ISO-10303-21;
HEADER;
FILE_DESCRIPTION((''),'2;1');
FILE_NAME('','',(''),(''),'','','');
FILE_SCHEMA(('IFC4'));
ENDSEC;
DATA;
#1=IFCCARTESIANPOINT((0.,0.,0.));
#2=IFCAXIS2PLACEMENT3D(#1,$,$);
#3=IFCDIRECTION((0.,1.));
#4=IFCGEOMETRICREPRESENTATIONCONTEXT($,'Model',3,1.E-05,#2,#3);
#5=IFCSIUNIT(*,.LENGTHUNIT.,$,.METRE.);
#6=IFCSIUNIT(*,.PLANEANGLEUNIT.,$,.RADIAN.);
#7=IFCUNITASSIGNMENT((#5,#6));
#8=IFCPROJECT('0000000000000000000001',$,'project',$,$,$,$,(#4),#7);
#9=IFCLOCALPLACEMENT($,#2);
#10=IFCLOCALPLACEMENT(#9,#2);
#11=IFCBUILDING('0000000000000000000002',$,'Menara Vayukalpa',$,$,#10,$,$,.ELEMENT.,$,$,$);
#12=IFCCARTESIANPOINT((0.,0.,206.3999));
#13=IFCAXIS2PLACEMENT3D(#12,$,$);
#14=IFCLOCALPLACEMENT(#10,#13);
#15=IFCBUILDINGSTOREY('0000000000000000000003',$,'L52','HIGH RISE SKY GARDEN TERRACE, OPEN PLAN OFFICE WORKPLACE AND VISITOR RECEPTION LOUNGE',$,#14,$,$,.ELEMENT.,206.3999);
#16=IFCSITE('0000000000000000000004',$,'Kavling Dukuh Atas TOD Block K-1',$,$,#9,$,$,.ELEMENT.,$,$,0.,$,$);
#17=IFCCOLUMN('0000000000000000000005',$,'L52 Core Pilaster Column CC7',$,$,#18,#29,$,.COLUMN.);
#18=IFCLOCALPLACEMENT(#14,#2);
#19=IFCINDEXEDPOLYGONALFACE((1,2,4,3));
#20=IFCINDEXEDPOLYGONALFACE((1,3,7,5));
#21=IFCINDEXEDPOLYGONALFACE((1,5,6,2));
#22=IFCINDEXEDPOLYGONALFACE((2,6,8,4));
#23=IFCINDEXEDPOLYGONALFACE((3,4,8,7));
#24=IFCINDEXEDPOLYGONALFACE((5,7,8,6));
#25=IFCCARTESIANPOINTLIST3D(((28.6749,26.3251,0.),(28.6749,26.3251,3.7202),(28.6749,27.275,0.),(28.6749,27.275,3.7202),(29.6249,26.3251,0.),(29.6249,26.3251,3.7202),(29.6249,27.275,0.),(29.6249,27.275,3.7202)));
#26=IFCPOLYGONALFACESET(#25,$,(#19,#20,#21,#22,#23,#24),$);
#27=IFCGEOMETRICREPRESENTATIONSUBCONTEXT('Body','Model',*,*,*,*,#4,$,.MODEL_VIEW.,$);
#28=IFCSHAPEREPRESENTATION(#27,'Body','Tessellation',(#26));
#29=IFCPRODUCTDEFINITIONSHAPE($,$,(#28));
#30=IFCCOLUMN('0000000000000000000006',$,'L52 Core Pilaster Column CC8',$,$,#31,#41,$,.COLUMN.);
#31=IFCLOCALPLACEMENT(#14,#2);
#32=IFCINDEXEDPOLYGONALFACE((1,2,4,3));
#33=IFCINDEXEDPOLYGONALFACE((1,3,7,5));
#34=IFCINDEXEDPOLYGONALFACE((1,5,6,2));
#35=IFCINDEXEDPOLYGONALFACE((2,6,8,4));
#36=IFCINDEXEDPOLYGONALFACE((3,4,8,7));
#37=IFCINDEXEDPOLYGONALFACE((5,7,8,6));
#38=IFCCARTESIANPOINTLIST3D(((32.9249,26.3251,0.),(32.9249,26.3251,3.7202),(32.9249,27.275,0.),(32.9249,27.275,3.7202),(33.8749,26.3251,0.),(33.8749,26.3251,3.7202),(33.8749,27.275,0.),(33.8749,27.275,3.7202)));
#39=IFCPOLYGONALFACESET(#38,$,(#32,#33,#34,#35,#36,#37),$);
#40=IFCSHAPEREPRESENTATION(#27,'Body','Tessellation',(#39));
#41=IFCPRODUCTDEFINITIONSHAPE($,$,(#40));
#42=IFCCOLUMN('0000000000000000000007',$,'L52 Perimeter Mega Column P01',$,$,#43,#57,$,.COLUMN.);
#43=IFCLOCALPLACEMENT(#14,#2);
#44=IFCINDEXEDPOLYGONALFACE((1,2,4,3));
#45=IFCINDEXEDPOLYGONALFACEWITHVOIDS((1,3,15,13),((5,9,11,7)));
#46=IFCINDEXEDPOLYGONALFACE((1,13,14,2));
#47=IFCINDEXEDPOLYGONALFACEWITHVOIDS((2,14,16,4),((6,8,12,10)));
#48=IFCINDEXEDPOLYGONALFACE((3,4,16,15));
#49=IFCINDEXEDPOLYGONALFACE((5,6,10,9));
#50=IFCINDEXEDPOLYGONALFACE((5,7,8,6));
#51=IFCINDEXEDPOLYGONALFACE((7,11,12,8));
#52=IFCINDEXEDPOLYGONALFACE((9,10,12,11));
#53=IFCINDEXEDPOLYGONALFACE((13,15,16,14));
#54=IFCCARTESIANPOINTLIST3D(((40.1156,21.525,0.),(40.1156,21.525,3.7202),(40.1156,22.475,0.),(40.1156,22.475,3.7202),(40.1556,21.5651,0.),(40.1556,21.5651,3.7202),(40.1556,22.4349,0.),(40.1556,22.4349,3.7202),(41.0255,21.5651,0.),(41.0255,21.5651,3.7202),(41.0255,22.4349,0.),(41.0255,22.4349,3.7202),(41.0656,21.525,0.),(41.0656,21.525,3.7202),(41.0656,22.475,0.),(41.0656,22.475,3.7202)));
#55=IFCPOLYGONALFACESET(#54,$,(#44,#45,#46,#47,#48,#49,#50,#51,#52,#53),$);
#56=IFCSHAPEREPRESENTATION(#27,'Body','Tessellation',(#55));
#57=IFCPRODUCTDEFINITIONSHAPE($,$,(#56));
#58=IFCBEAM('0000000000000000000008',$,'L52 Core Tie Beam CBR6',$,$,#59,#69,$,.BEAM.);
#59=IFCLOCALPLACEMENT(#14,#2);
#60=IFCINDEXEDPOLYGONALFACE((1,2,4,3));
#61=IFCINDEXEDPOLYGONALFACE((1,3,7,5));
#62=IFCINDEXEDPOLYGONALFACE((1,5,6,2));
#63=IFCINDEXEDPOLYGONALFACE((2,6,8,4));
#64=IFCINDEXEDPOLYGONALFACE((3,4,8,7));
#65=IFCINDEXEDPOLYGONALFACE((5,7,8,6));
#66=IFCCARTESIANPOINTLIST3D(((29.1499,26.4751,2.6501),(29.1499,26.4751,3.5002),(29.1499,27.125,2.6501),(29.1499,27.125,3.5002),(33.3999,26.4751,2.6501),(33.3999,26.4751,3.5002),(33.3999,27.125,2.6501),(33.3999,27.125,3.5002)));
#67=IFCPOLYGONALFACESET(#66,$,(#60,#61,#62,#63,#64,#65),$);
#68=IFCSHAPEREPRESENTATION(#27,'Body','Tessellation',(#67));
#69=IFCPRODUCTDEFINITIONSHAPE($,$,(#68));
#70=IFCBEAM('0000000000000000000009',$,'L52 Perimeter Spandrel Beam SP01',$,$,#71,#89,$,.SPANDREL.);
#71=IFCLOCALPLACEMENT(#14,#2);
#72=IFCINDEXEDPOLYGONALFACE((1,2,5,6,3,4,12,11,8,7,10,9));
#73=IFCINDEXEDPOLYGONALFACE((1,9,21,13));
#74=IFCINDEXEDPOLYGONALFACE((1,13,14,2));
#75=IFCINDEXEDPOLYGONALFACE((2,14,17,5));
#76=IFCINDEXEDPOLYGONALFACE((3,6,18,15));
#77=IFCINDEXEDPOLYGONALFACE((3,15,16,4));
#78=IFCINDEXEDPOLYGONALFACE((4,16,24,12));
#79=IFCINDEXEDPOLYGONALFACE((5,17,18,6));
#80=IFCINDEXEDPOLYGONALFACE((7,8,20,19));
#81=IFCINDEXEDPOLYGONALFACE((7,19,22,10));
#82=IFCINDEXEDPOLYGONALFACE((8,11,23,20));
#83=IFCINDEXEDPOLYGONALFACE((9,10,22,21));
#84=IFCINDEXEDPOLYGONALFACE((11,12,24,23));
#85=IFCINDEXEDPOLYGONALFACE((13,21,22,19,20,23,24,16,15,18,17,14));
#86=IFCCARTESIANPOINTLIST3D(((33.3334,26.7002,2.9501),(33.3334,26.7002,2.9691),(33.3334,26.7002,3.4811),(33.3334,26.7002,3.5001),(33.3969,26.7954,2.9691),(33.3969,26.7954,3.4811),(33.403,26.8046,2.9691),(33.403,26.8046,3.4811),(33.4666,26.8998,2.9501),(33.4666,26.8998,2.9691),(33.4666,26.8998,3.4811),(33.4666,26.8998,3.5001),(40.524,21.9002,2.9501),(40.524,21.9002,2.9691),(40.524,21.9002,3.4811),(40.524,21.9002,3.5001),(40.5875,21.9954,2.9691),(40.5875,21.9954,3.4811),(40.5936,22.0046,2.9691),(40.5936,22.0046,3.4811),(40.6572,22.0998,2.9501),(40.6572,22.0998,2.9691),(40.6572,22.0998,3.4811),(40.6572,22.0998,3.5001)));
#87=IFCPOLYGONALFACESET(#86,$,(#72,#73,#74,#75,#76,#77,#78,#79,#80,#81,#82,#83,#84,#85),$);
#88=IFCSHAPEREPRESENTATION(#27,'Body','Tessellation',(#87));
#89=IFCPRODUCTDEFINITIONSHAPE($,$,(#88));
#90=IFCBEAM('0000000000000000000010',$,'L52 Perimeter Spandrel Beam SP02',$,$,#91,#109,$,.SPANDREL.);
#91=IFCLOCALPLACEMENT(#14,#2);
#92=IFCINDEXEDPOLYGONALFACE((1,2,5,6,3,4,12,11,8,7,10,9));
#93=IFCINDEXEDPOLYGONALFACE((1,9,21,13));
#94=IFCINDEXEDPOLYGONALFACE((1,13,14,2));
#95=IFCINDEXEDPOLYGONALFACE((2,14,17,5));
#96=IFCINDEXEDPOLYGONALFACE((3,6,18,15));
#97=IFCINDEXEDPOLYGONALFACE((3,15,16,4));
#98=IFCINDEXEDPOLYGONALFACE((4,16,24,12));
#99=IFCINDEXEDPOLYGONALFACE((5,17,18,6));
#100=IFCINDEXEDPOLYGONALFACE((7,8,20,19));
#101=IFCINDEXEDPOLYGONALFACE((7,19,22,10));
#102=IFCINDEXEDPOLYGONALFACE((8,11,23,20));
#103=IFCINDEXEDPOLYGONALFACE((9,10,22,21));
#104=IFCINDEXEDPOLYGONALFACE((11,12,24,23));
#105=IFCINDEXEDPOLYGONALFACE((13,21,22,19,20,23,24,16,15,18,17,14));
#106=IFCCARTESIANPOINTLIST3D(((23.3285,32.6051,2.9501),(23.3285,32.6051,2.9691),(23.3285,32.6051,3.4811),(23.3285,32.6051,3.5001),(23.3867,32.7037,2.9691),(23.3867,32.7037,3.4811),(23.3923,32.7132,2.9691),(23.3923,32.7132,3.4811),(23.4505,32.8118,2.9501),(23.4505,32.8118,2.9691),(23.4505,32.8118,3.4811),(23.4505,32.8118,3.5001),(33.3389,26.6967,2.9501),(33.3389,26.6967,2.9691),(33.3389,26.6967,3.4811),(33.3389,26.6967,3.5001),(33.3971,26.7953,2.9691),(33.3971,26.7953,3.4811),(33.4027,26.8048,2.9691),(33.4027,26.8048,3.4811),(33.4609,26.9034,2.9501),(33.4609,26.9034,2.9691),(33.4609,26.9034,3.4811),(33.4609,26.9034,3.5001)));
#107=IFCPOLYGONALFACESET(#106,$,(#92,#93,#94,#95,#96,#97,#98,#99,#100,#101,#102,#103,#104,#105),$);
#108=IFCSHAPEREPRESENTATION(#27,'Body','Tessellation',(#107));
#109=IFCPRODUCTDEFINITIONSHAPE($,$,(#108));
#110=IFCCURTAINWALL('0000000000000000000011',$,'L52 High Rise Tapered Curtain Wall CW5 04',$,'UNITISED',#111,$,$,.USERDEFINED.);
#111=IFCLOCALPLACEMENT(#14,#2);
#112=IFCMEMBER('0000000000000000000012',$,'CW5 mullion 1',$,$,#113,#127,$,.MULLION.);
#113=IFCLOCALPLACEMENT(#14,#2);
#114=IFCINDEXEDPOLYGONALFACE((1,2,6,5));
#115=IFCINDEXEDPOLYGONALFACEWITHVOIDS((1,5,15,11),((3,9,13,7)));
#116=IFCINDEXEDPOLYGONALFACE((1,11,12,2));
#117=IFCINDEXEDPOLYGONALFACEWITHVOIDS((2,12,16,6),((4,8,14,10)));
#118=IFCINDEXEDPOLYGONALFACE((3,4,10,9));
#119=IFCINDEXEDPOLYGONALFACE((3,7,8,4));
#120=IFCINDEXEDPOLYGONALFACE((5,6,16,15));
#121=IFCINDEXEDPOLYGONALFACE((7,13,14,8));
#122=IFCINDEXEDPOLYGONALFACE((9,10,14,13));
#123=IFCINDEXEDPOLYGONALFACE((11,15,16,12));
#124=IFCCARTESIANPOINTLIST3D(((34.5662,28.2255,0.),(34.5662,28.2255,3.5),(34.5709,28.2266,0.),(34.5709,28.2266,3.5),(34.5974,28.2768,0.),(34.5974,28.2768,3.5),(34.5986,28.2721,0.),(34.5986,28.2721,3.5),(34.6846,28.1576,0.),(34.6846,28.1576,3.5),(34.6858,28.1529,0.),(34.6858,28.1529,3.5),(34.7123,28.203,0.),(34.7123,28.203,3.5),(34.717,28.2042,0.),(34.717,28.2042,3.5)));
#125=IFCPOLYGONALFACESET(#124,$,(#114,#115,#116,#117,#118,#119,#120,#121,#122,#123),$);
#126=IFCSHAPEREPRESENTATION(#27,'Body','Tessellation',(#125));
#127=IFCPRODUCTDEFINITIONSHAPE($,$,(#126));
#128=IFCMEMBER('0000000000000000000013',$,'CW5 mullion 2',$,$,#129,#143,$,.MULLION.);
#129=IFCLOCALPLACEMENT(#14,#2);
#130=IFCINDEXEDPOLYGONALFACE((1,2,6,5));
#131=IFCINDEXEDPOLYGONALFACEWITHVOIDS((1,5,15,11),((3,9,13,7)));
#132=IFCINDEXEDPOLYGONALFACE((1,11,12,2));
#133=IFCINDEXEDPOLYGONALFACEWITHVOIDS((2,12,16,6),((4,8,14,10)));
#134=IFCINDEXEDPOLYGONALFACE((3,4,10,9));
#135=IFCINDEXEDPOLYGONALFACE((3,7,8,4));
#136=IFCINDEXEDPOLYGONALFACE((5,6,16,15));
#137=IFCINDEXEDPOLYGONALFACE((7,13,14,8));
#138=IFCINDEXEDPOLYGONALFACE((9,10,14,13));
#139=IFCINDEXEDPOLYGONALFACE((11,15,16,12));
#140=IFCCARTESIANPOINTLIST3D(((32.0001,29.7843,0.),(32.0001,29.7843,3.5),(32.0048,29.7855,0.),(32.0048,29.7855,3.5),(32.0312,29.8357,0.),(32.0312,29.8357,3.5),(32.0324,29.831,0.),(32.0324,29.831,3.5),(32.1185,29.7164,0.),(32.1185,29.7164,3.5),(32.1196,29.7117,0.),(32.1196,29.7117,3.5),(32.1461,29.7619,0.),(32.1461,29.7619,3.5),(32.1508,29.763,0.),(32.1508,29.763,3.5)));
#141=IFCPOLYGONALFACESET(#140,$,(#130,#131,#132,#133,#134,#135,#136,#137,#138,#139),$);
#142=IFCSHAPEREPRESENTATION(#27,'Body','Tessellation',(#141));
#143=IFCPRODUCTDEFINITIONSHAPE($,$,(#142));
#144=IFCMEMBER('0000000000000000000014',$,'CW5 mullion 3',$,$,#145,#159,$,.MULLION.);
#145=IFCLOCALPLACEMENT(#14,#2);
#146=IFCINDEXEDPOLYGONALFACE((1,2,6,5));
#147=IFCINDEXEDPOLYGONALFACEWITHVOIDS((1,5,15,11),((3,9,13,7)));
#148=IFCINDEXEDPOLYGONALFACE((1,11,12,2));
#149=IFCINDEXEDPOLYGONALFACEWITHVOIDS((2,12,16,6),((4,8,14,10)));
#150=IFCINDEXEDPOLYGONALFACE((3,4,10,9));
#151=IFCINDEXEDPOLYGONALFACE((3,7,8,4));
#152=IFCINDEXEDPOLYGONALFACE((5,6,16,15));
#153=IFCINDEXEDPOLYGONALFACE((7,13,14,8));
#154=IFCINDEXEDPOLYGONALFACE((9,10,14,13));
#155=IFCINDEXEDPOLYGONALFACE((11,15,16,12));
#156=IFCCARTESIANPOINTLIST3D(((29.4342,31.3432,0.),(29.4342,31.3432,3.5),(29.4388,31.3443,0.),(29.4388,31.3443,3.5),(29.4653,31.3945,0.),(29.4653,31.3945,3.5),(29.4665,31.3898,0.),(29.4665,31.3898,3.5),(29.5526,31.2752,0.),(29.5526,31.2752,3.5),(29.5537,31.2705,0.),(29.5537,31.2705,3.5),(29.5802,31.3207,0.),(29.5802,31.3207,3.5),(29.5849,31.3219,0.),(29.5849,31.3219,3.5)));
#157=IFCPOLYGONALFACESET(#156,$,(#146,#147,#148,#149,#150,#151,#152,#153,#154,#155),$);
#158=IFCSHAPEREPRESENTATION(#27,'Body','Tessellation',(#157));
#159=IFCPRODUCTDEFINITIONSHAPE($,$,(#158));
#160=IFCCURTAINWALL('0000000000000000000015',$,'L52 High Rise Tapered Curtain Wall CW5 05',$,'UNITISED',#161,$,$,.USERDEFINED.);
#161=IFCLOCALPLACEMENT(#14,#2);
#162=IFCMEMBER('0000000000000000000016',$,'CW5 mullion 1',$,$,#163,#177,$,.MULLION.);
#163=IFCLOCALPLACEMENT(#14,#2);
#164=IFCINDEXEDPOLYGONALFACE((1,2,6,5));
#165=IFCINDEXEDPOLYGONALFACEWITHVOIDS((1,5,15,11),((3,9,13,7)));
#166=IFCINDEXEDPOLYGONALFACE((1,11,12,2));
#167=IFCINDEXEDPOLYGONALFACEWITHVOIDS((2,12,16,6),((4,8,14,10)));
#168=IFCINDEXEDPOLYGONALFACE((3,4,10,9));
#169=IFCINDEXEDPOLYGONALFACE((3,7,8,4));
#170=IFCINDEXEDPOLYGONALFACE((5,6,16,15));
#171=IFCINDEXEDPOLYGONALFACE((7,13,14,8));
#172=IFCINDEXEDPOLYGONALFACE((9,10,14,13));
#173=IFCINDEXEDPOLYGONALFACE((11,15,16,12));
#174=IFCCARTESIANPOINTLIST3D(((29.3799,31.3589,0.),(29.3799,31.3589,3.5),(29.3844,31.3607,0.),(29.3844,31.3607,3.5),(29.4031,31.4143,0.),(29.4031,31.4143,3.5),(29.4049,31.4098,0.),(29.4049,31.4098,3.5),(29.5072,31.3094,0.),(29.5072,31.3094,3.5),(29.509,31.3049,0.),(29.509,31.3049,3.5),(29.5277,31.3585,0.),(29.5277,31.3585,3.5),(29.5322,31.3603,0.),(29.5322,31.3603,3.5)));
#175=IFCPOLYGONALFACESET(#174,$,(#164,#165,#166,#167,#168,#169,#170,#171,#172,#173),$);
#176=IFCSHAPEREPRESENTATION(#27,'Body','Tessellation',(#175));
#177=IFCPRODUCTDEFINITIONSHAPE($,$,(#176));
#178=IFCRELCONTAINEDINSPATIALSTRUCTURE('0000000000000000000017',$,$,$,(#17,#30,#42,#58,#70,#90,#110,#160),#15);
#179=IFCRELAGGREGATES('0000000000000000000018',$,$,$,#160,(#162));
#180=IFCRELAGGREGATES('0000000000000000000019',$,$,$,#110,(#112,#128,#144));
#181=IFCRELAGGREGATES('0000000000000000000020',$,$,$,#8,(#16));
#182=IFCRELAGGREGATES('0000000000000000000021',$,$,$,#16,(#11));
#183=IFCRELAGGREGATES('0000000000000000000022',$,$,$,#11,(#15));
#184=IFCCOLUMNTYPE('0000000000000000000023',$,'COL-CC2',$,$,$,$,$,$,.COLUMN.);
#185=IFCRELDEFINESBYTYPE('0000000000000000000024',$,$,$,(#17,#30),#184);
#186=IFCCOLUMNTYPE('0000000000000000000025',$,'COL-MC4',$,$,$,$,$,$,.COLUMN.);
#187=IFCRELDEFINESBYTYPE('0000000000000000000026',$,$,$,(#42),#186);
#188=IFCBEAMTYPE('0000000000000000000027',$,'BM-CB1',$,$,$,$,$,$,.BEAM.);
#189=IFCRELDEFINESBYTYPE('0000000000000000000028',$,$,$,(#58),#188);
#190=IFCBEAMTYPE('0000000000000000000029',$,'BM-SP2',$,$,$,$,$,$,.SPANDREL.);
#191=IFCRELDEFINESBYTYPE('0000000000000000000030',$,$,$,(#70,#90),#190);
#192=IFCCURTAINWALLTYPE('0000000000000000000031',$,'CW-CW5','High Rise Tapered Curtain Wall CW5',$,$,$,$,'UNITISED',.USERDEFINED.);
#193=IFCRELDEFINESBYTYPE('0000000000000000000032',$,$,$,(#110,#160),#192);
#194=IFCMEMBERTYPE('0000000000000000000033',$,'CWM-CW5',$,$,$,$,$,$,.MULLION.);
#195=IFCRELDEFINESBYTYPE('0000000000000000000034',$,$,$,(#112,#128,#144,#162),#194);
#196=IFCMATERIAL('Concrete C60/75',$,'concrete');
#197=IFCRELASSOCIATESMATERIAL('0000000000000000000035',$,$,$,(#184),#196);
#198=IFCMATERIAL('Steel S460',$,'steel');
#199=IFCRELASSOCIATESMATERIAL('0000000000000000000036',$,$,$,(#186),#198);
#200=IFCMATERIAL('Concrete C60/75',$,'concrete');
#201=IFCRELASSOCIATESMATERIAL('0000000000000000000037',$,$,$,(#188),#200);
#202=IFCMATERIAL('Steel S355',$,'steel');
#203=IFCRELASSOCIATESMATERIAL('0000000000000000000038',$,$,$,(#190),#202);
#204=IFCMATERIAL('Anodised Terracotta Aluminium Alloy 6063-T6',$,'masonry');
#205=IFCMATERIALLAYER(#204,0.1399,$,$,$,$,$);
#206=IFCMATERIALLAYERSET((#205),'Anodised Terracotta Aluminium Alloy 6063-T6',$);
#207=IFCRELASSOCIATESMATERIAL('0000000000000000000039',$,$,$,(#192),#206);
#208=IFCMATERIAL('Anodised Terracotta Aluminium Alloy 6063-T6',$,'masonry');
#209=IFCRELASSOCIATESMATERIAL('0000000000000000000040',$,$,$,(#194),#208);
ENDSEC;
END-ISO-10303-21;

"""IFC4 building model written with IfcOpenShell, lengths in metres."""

from ifc_helpers import new_model, si_unit, direction, frame, origin, origin_2d, place, context, subcontext, project, spatial, rectangle, hollow_rectangle, i_section, extrude, material, layer, layer_set, material_profile, profile_set, type_object, element, aggregate, save


model = new_model("IFC4")

# Units and contexts
model_context = context("Model", 3, precision=1e-05, world=origin(), true_north=direction((0.0, 1.0)))
body_context = subcontext(model_context, "Body", "Model", "MODEL_VIEW")
ifc_project = project(units=[si_unit("LENGTHUNIT", "METRE"), si_unit("PLANEANGLEUNIT", "RADIAN")], contexts=[model_context])

# Site, building, storey
site_placement = place(None, origin())
site = spatial("IfcSite", under=ifc_project, at=site_placement, Name="Kavling Dukuh Atas TOD Block K-1", CompositionType="ELEMENT", RefElevation=0.0)
building_placement = place(site_placement, origin())
building = spatial("IfcBuilding", under=site, at=building_placement, Name="Menara Vayukalpa", CompositionType="ELEMENT")
storey_placement = place(building_placement, frame((0.0, 0.0, 206.3999)))
storey = spatial("IfcBuildingStorey", under=building, at=storey_placement, Name="L52", Description="HIGH RISE SKY GARDEN TERRACE, OPEN PLAN OFFICE WORKPLACE AND VISITOR RECEPTION LOUNGE", CompositionType="ELEMENT", Elevation=206.3999)

# Columns
ifc_material_1 = material(Name="Concrete C60/75", Category="concrete")
ifc_material_profile_1 = material_profile(ifc_material_1, rectangle(XDim=0.95, YDim=0.95, at=origin_2d()), Name="RC 950x950")
ifc_profile_set_1 = profile_set([ifc_material_profile_1], Name="Concrete C60/75")
column_type_1 = type_object("IfcColumnType", Name="COL-CC2", PredefinedType="COLUMN", material=ifc_profile_set_1)
for number, where, z_axis, x_axis, name in (
    (1, (29.1499, 26.8, 0.0), (0.0, 0.0, 1.0), (1.0, 0.0, 0.0), "L52 Core Pilaster Column CC7"),
    (2, (33.3999, 26.8, 0.0), (0.0, 0.0, 1.0), (1.0, 0.0, 0.0), "L52 Core Pilaster Column CC8"),
):
    element("IfcColumn", number, at=place(storey_placement, frame(where, z_axis=z_axis, x_axis=x_axis)), inside=storey, type_object=column_type_1, Name=name, PredefinedType="COLUMN", context=body_context, shape_type="SweptSolid", body=[
        extrude(rectangle(XDim=0.95, YDim=0.95, at=origin_2d()), origin(), (0.0, 0.0, 1.0), 3.7202),
    ])
ifc_material_2 = material(Name="Steel S460", Category="steel")
ifc_material_profile_2 = material_profile(ifc_material_2, hollow_rectangle(XDim=0.95, YDim=0.95, WallThickness=0.04, at=origin_2d()), Name="BOX 950x950x40")
ifc_profile_set_2 = profile_set([ifc_material_profile_2], Name="Steel S460")
column_type_2 = type_object("IfcColumnType", Name="COL-MC4", PredefinedType="COLUMN", material=ifc_profile_set_2)
column_placement = place(storey_placement, frame((40.5906, 22.0, 0.0), z_axis=(0.0, 0.0, 1.0), x_axis=(1.0, 0.0, 0.0)))
element("IfcColumn", 3, at=column_placement, inside=storey, type_object=column_type_2, Name="L52 Perimeter Mega Column P01", PredefinedType="COLUMN", context=body_context, shape_type="SweptSolid", body=[
    extrude(hollow_rectangle(XDim=0.95, YDim=0.95, WallThickness=0.04, at=origin_2d()), origin(), (0.0, 0.0, 1.0), 3.7202),
])

# Beams
ifc_material_3 = material(Name="Concrete C60/75", Category="concrete")
ifc_material_profile_3 = material_profile(ifc_material_3, rectangle(XDim=0.6499, YDim=0.8501, at=origin_2d()), Name="RC 650x850")
ifc_profile_set_3 = profile_set([ifc_material_profile_3], Name="Concrete C60/75")
beam_type_1 = type_object("IfcBeamType", Name="BM-CB1", PredefinedType="BEAM", material=ifc_profile_set_3)
beam_1_placement = place(storey_placement, frame((29.1499, 26.8, 3.0752), z_axis=(1.0, 0.0, 0.0), x_axis=(0.0, 1.0, 0.0)))
element("IfcBeam", 4, at=beam_1_placement, inside=storey, type_object=beam_type_1, Name="L52 Core Tie Beam CBR6", PredefinedType="BEAM", context=body_context, shape_type="SweptSolid", body=[
    extrude(rectangle(XDim=0.6499, YDim=0.8501, at=origin_2d()), origin(), (0.0, 0.0, 1.0), 4.25),
])
ifc_material_4 = material(Name="Steel S355", Category="steel")
ifc_material_profile_4 = material_profile(ifc_material_4, i_section(OverallWidth=0.24, OverallDepth=0.55, WebThickness=0.011, FlangeThickness=0.019, at=origin_2d()), Name="WF 550x240x11x19")
ifc_profile_set_4 = profile_set([ifc_material_profile_4], Name="Steel S355")
beam_type_2 = type_object("IfcBeamType", Name="BM-SP2", PredefinedType="SPANDREL", material=ifc_profile_set_4)
beam_2_placement = place(storey_placement, frame((40.5906, 22.0, 3.2251), z_axis=(-0.831716, 0.555202, 0.0), x_axis=(-0.555202, -0.831716, 0.0)))
element("IfcBeam", 5, at=beam_2_placement, inside=storey, type_object=beam_type_2, Name="L52 Perimeter Spandrel Beam SP01", PredefinedType="SPANDREL", context=body_context, shape_type="SweptSolid", body=[
    extrude(i_section(OverallWidth=0.24, OverallDepth=0.55, WebThickness=0.011, FlangeThickness=0.019, at=origin_2d()), origin(), (0.0, 0.0, 1.0), 8.6455),
])
beam_3_placement = place(storey_placement, frame((33.3999, 26.8, 3.2251), z_axis=(-0.861184, 0.508293, 0.0), x_axis=(-0.508293, -0.861184, 0.0)))
element("IfcBeam", 6, at=beam_3_placement, inside=storey, type_object=beam_type_2, Name="L52 Perimeter Spandrel Beam SP02", PredefinedType="SPANDREL", context=body_context, shape_type="SweptSolid", body=[
    extrude(i_section(OverallWidth=0.24, OverallDepth=0.55, WebThickness=0.011, FlangeThickness=0.019, at=origin_2d()), origin(), (0.0, 0.0, 1.0), 11.624),
])

# Curtain wall, members
ifc_material_5 = material(Name="Anodised Terracotta Aluminium Alloy 6063-T6", Category="masonry")
ifc_layer_1 = layer(ifc_material_5, 0.1399)
ifc_layer_set_1 = layer_set([ifc_layer_1], Name="Anodised Terracotta Aluminium Alloy 6063-T6")
curtain_wall_type = type_object("IfcCurtainWallType", Name="CW-CW5", Description="High Rise Tapered Curtain Wall CW5", ElementType="UNITISED", PredefinedType="USERDEFINED", material=ifc_layer_set_1)
curtain_wall_1_placement = place(storey_placement, origin())
curtain_wall_1 = element("IfcCurtainWall", 7, at=curtain_wall_1_placement, inside=storey, type_object=curtain_wall_type, Name="L52 High Rise Tapered Curtain Wall CW5 04", ObjectType="UNITISED", PredefinedType="USERDEFINED")
ifc_material_6 = material(Name="Anodised Terracotta Aluminium Alloy 6063-T6", Category="masonry")
ifc_material_profile_5 = material_profile(ifc_material_6, hollow_rectangle(XDim=0.0601, YDim=0.1399, WallThickness=0.0034, at=origin_2d()), Name="ALU 60x140x3.5")
ifc_profile_set_5 = profile_set([ifc_material_profile_5], Name="Anodised Terracotta Aluminium Alloy 6063-T6")
member_type_1 = type_object("IfcMemberType", Name="CWM-CW5", PredefinedType="MULLION", material=ifc_profile_set_5)
member_1_placement = place(storey_placement, frame((34.6416, 28.2148, 0.0), z_axis=(0.0, 0.0, 1.0), x_axis=(-0.51918, -0.854665, 0.0)))
member_1 = element("IfcMember", 8, at=member_1_placement, type_object=member_type_1, Name="CW5 mullion 1", PredefinedType="MULLION", context=body_context, shape_type="SweptSolid", body=[
    extrude(hollow_rectangle(XDim=0.0601, YDim=0.1399, WallThickness=0.0034, at=origin_2d()), origin(), (0.0, 0.0, 1.0), 3.5),
])
member_2_placement = place(storey_placement, frame((32.0754, 29.7737, 0.0), z_axis=(0.0, 0.0, 1.0), x_axis=(-0.51918, -0.854665, 0.0)))
member_2 = element("IfcMember", 9, at=member_2_placement, type_object=member_type_1, Name="CW5 mullion 2", PredefinedType="MULLION", context=body_context, shape_type="SweptSolid", body=[
    extrude(hollow_rectangle(XDim=0.0601, YDim=0.1399, WallThickness=0.0034, at=origin_2d()), origin(), (0.0, 0.0, 1.0), 3.5),
])
member_3_placement = place(storey_placement, frame((29.5095, 31.3325, 0.0), z_axis=(0.0, 0.0, 1.0), x_axis=(-0.51918, -0.854665, 0.0)))
member_3 = element("IfcMember", 10, at=member_3_placement, type_object=member_type_1, Name="CW5 mullion 3", PredefinedType="MULLION", context=body_context, shape_type="SweptSolid", body=[
    extrude(hollow_rectangle(XDim=0.0601, YDim=0.1399, WallThickness=0.0034, at=origin_2d()), origin(), (0.0, 0.0, 1.0), 3.5),
])

# Curtain wall, member
curtain_wall_2_placement = place(storey_placement, origin())
curtain_wall_2 = element("IfcCurtainWall", 11, at=curtain_wall_2_placement, inside=storey, type_object=curtain_wall_type, Name="L52 High Rise Tapered Curtain Wall CW5 05", ObjectType="UNITISED", PredefinedType="USERDEFINED")
member_4_placement = place(storey_placement, frame((29.4561, 31.3596, 0.0), z_axis=(0.0, 0.0, 1.0), x_axis=(-0.385903, -0.922539, 0.0)))
member_4 = element("IfcMember", 12, at=member_4_placement, type_object=member_type_1, Name="CW5 mullion 1", PredefinedType="MULLION", context=body_context, shape_type="SweptSolid", body=[
    extrude(hollow_rectangle(XDim=0.0601, YDim=0.1399, WallThickness=0.0034, at=origin_2d()), origin(), (0.0, 0.0, 1.0), 3.5),
])

aggregate(curtain_wall_2, [member_4])

aggregate(curtain_wall_1, [member_1, member_2, member_3])

save(model, "model.ifc")
